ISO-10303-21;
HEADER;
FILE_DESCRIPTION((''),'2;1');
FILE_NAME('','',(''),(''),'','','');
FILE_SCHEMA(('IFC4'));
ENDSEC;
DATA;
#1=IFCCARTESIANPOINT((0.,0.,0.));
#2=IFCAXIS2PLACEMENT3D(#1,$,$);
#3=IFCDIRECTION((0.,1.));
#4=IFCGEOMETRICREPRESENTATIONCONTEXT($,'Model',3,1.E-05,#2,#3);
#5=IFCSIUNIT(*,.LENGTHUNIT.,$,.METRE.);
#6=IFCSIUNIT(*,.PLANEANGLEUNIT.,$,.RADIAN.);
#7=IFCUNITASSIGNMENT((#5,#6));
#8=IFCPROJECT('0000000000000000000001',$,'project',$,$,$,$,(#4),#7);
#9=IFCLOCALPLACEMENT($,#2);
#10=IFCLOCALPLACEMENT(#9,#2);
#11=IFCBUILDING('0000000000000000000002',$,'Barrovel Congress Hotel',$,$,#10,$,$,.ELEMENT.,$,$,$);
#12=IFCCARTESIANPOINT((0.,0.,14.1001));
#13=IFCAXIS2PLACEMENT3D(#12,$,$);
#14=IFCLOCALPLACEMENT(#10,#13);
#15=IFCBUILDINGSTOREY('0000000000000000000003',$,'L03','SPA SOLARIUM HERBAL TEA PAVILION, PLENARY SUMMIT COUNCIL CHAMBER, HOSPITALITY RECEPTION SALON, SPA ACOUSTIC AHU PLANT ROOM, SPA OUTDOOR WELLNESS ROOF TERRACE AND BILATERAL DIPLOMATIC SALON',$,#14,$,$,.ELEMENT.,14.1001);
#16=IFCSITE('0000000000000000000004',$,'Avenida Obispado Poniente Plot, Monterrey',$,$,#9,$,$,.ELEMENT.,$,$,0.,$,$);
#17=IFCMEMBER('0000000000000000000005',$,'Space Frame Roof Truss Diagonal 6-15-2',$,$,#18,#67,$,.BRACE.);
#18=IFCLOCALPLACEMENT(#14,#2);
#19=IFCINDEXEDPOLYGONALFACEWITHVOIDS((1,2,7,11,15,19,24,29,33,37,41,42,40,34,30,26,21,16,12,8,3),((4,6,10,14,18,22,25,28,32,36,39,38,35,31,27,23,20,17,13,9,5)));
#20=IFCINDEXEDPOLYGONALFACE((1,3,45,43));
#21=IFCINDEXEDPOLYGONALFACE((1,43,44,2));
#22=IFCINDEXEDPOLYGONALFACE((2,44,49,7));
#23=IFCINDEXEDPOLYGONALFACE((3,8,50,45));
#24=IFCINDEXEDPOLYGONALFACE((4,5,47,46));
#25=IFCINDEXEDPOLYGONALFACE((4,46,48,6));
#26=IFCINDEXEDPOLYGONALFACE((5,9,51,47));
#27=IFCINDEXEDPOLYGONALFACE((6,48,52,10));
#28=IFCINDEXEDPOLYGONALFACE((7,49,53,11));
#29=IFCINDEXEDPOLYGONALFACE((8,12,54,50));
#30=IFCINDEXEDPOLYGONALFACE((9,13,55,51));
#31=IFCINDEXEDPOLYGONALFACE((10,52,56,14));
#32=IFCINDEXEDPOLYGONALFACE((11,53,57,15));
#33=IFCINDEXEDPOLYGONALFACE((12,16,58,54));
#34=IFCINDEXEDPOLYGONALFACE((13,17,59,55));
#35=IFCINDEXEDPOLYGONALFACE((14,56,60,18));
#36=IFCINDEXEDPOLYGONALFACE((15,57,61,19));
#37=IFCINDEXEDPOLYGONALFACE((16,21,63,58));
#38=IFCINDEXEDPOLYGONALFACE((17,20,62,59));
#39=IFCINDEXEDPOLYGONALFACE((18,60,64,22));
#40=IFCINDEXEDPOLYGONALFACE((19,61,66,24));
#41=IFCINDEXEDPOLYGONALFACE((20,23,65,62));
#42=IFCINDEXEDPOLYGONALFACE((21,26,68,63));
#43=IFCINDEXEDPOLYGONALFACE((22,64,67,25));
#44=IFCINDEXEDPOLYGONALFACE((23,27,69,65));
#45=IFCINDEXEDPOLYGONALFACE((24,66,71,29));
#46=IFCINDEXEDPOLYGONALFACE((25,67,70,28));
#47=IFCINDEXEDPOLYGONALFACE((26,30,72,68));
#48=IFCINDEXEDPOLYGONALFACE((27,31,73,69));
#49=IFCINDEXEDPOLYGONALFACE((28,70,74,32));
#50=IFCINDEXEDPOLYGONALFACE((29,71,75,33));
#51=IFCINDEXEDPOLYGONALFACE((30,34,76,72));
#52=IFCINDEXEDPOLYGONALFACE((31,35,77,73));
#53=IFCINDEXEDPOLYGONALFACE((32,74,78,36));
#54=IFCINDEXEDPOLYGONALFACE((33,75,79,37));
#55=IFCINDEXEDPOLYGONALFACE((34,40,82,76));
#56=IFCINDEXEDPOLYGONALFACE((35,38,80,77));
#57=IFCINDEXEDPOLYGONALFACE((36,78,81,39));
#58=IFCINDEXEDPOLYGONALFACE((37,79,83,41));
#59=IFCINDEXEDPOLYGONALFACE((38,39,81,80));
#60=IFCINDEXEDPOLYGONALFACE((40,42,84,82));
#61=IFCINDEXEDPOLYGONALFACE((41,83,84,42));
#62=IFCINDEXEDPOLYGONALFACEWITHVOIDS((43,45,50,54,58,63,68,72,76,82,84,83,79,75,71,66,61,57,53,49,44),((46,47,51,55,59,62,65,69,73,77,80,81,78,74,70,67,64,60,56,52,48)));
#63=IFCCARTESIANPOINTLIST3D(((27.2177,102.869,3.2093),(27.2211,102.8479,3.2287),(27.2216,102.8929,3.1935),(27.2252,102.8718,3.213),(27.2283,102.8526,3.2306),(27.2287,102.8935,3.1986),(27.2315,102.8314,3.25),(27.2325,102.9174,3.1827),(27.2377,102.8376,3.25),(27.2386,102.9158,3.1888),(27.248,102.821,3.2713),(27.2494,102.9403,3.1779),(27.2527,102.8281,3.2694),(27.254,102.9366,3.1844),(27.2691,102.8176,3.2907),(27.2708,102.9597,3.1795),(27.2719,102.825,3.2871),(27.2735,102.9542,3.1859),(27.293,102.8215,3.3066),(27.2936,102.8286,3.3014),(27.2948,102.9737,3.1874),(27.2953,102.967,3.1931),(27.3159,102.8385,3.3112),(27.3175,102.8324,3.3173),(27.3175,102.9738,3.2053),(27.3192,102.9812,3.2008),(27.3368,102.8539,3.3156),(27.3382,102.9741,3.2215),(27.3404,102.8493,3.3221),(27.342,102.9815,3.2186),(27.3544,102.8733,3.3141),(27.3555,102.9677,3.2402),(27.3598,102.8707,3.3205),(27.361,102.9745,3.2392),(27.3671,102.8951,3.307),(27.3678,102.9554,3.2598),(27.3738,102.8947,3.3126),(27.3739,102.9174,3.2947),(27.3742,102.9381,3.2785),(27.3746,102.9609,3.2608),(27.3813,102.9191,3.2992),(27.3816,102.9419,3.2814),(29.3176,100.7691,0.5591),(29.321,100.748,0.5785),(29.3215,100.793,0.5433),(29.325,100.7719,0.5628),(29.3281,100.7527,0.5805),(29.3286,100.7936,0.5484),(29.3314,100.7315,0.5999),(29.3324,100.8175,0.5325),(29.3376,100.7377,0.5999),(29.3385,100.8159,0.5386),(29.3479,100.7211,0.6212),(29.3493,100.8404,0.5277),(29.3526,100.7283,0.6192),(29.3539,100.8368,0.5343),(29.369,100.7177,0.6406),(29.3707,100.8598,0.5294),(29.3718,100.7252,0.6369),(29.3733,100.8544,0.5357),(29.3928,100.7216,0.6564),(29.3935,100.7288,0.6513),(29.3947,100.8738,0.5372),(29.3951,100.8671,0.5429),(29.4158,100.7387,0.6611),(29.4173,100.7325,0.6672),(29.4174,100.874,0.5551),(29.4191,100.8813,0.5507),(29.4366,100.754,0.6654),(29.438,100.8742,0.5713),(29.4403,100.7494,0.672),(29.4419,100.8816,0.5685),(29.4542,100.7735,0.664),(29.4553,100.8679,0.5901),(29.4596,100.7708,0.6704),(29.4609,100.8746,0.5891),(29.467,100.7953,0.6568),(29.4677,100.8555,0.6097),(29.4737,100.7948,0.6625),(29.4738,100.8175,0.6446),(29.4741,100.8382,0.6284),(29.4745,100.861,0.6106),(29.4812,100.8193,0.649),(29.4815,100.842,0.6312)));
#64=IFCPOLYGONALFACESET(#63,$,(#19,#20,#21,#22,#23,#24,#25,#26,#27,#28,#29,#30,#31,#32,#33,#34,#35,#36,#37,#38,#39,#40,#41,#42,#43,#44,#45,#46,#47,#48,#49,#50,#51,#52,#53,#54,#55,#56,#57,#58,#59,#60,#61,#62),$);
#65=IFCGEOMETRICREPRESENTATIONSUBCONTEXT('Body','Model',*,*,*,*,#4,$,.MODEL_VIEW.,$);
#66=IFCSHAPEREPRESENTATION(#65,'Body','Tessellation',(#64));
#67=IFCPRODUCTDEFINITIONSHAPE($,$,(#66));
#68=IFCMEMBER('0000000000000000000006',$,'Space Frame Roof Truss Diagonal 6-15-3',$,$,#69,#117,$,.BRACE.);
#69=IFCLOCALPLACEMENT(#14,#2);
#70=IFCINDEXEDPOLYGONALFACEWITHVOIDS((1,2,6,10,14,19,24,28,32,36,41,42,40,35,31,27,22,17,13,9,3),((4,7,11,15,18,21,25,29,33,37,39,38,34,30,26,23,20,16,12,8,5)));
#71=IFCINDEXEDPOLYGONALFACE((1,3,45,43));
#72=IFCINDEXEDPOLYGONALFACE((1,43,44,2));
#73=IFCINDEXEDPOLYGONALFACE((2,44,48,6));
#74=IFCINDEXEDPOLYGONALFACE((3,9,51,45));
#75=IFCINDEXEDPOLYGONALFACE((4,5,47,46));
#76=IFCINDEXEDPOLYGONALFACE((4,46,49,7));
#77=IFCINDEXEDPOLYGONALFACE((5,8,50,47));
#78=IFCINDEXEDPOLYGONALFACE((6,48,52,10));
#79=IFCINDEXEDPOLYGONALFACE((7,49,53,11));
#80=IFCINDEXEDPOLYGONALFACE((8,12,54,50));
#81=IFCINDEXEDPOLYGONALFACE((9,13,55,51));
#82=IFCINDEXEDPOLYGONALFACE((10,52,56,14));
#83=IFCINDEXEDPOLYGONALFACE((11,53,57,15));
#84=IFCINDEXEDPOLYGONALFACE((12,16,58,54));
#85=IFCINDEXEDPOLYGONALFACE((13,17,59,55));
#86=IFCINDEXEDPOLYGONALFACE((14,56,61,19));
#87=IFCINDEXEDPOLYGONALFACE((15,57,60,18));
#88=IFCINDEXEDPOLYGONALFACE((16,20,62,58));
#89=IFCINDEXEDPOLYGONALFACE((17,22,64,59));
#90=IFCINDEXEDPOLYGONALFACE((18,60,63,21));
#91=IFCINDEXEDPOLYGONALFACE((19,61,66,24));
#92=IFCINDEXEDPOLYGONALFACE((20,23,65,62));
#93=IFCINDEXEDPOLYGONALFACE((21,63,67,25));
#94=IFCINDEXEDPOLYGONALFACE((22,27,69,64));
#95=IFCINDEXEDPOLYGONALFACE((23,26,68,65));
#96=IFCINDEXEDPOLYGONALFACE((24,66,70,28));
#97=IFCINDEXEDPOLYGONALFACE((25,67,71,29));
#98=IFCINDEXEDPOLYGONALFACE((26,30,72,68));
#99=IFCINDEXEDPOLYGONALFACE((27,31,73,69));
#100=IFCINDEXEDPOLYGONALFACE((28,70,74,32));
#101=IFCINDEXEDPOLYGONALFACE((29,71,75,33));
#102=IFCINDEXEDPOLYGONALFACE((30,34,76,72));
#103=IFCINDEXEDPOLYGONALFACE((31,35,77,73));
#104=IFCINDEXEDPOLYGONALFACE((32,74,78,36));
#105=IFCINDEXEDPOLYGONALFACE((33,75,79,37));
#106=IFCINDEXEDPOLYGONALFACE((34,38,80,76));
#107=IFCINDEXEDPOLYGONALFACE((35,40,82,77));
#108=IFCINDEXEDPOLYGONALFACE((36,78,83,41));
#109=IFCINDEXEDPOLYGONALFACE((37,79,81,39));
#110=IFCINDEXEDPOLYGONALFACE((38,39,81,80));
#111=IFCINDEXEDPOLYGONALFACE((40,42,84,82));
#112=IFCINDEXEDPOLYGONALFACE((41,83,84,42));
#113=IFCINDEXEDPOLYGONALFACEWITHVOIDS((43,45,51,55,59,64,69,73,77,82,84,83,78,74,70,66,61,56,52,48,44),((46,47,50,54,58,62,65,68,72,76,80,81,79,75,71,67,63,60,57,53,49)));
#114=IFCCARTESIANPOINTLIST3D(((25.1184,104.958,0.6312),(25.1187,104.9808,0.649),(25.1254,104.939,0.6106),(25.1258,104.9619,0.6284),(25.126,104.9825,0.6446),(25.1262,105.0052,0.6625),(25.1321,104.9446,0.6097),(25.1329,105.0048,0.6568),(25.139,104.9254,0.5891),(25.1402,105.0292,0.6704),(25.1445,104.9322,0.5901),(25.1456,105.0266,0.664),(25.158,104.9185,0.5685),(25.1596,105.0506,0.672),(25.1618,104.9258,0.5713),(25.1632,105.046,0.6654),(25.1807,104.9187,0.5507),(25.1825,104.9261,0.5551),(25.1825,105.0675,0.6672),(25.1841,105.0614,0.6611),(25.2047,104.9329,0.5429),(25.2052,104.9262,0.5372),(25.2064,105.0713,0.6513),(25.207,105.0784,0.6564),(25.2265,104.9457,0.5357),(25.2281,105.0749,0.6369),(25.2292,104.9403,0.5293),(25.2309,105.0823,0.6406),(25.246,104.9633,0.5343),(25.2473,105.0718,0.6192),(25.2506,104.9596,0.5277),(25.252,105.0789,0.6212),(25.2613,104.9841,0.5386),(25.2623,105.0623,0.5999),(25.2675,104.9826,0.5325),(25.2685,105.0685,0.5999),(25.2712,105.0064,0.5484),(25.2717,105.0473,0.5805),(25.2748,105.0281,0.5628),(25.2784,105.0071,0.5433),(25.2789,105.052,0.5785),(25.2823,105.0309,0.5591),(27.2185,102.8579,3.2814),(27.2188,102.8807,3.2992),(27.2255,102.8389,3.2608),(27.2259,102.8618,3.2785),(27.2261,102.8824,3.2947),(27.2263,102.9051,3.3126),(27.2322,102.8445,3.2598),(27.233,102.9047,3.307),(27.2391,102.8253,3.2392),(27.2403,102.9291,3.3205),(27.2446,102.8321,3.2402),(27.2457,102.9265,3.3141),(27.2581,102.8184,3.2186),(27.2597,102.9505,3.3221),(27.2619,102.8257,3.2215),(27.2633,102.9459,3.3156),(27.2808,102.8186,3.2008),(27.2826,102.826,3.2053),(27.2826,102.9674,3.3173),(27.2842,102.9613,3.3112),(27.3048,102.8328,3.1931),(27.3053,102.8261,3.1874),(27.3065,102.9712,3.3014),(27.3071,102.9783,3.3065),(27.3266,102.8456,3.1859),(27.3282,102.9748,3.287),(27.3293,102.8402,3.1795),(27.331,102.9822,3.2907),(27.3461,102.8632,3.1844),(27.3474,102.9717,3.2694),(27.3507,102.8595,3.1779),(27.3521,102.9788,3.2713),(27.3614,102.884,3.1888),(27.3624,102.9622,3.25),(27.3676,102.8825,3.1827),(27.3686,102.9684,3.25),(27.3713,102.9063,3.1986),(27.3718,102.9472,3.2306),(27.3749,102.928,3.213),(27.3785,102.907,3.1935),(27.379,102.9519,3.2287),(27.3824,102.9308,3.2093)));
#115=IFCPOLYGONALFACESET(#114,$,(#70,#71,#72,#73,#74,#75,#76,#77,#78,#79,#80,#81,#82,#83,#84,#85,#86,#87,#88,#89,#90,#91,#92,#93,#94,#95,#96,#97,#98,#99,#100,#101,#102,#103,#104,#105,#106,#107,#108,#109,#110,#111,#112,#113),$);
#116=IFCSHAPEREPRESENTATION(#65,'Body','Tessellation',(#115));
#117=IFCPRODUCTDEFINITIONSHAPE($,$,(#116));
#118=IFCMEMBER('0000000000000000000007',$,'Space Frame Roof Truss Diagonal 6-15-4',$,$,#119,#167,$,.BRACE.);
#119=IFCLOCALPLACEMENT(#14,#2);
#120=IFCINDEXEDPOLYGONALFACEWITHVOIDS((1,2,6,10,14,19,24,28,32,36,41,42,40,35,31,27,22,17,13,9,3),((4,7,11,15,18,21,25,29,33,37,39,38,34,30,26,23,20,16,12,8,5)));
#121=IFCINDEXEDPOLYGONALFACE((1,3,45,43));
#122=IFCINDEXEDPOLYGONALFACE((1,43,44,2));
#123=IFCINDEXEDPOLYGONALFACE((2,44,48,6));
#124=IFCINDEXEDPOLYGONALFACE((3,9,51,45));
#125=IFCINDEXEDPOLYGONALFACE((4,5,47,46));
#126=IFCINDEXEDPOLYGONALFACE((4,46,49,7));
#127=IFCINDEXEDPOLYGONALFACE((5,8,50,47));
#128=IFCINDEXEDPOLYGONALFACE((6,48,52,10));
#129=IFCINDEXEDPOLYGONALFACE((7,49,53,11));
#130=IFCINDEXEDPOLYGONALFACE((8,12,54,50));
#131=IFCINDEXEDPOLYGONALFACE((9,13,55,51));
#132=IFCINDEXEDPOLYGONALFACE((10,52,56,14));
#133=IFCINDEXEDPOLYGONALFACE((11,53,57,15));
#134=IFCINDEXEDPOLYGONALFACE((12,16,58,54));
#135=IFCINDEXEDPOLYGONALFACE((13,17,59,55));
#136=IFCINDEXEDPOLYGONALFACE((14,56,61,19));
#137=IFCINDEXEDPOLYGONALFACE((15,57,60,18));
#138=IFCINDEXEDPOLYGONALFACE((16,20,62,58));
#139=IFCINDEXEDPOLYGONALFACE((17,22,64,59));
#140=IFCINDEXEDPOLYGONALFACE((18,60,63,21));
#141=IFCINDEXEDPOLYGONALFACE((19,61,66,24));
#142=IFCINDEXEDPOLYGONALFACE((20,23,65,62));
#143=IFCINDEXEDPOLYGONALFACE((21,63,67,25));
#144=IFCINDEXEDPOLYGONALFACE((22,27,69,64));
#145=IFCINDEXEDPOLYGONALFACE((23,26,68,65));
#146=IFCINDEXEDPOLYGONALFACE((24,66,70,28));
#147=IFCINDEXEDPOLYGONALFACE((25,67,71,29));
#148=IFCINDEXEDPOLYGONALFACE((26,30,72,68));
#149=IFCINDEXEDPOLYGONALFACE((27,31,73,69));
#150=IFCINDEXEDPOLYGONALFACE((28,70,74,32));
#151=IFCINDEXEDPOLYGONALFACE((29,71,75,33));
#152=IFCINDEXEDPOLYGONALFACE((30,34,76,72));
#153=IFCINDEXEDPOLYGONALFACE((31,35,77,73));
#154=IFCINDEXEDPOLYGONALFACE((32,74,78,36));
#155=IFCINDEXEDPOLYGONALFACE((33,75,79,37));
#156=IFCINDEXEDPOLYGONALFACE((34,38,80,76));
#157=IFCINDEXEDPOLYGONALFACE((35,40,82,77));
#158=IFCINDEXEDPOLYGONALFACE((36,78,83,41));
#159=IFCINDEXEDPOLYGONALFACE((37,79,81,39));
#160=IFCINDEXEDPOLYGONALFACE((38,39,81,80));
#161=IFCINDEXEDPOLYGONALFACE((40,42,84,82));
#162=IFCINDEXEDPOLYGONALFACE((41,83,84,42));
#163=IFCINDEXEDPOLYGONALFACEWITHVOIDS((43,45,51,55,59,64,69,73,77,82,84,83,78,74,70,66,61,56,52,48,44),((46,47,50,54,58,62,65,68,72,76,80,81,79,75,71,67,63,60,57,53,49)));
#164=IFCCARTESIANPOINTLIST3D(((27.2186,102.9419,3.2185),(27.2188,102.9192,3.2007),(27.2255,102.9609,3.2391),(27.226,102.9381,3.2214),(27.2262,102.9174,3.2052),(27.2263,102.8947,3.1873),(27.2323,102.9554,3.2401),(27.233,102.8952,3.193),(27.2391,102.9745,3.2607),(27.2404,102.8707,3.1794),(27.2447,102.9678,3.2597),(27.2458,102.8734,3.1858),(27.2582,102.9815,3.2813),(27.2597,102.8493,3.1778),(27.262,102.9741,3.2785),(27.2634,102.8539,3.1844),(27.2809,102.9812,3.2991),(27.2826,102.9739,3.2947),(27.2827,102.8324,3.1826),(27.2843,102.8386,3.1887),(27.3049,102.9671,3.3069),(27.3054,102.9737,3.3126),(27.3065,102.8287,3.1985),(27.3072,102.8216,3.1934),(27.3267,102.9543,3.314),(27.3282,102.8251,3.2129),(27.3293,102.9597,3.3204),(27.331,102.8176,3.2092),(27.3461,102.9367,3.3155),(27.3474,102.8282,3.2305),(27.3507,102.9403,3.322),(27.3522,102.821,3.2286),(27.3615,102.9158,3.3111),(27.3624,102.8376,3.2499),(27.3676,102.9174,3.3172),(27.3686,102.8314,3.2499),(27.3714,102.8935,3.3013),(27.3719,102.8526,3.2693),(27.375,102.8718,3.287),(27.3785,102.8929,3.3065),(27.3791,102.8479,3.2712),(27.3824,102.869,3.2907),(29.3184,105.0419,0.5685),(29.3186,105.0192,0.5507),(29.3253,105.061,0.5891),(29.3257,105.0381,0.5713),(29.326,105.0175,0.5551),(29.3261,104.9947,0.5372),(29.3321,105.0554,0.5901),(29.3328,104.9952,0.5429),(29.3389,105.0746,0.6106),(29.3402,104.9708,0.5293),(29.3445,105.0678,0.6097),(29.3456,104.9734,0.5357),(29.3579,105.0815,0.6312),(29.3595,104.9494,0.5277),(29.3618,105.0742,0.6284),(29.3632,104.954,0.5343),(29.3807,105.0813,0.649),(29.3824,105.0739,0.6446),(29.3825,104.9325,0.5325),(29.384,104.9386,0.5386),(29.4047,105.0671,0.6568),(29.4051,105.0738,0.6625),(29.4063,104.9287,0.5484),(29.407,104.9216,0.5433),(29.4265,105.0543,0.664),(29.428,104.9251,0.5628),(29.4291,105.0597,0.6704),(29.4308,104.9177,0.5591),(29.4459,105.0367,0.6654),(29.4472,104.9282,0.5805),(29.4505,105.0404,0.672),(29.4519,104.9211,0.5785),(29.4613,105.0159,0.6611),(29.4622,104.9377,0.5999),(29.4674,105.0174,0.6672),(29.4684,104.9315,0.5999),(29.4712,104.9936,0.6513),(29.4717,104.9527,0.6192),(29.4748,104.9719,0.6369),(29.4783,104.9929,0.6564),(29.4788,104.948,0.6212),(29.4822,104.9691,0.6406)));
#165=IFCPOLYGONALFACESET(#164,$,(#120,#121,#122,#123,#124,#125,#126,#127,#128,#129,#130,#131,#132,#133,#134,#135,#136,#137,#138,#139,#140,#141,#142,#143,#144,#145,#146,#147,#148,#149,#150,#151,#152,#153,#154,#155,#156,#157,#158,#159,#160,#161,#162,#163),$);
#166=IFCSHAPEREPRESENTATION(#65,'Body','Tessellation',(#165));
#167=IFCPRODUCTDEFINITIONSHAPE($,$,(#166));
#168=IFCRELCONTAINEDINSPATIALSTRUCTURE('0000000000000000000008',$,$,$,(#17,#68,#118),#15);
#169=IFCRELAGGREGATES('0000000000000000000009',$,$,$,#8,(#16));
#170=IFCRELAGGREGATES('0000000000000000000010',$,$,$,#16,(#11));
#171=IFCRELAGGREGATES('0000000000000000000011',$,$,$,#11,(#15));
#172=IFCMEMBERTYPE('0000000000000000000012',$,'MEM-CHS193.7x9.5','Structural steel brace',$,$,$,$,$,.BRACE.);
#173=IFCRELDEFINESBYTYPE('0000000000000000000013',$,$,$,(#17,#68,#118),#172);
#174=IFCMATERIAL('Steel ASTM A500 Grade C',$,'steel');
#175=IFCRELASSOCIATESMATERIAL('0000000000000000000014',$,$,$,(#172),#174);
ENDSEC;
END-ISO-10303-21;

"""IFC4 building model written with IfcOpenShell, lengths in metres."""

from ifc_helpers import new_model, si_unit, direction, frame, origin, origin_2d, place, context, subcontext, project, spatial, hollow_circle, extrude, material, material_profile, profile_set, type_object, element, save


model = new_model("IFC4")

# Units and contexts
model_context = context("Model", 3, precision=1e-05, world=origin(), true_north=direction((0.0, 1.0)))
body_context = subcontext(model_context, "Body", "Model", "MODEL_VIEW")
ifc_project = project(units=[si_unit("LENGTHUNIT", "METRE"), si_unit("PLANEANGLEUNIT", "RADIAN")], contexts=[model_context])

# Site, building, storey
site_placement = place(None, origin())
site = spatial("IfcSite", under=ifc_project, at=site_placement, Name="Avenida Obispado Poniente Plot, Monterrey", CompositionType="ELEMENT", RefElevation=0.0)
building_placement = place(site_placement, origin())
building = spatial("IfcBuilding", under=site, at=building_placement, Name="Barrovel Congress Hotel", CompositionType="ELEMENT")
storey_placement = place(building_placement, frame((0.0, 0.0, 14.1001)))
storey = spatial("IfcBuildingStorey", under=building, at=storey_placement, Name="L03", Description="SPA SOLARIUM HERBAL TEA PAVILION, PLENARY SUMMIT COUNCIL CHAMBER, HOSPITALITY RECEPTION SALON, SPA ACOUSTIC AHU PLANT ROOM, SPA OUTDOOR WELLNESS ROOF TERRACE AND BILATERAL DIPLOMATIC SALON", CompositionType="ELEMENT", Elevation=14.1001)

# Members
ifc_material_1 = material(Name="Steel ASTM A500 Grade C", Category="steel")
ifc_material_profile_1 = material_profile(ifc_material_1, hollow_circle(Radius=0.0969, WallThickness=0.0088, at=origin_2d()), Name="CHS193.7x9.5")
ifc_profile_set_1 = profile_set([ifc_material_profile_1], Name="Steel ASTM A500 Grade C")
member_type_1 = type_object("IfcMemberType", Name="MEM-CHS193.7x9.5", Description="Structural steel brace", PredefinedType="BRACE", material=ifc_profile_set_1)
for number, where, z_axis, x_axis, name in (
    (1, (29.3999, 100.8, 0.5999), (-0.527574, 0.527574, 0.665831), (-0.707107, -0.707107, 0.0), "Space Frame Roof Truss Diagonal 6-15-2"),
):
    element("IfcMember", number, at=place(storey_placement, frame(where, z_axis=z_axis, x_axis=x_axis)), inside=storey, type_object=member_type_1, Name=name, PredefinedType="BRACE", context=body_context, shape_type="SweptSolid", body=[
        extrude(hollow_circle(Radius=0.0969, WallThickness=0.0088, at=origin_2d()), origin(), (0.0, 0.0, 1.0), 3.9802),
    ])
member_1_placement = place(storey_placement, frame((25.2, 105.0, 0.5999), z_axis=(0.527601, -0.527601, 0.665788), x_axis=(0.707107, 0.707107, 0.0)))
element("IfcMember", 2, at=member_1_placement, inside=storey, type_object=member_type_1, Name="Space Frame Roof Truss Diagonal 6-15-3", PredefinedType="BRACE", context=body_context, shape_type="SweptSolid", body=[
    extrude(hollow_circle(Radius=0.0969, WallThickness=0.0088, at=origin_2d()), origin(), (0.0, 0.0, 1.0), 3.9805),
])
for number, where, z_axis, x_axis, name in (
    (3, (29.3999, 105.0, 0.5999), (-0.527557, -0.527618, 0.66581), (0.707148, -0.707066, 0.0), "Space Frame Roof Truss Diagonal 6-15-4"),
):
    element("IfcMember", number, at=place(storey_placement, frame(where, z_axis=z_axis, x_axis=x_axis)), inside=storey, type_object=member_type_1, Name=name, PredefinedType="BRACE", context=body_context, shape_type="SweptSolid", body=[
        extrude(hollow_circle(Radius=0.0969, WallThickness=0.0088, at=origin_2d()), origin(), (0.0, 0.0, 1.0), 3.9802),
    ])

save(model, "model.ifc")
